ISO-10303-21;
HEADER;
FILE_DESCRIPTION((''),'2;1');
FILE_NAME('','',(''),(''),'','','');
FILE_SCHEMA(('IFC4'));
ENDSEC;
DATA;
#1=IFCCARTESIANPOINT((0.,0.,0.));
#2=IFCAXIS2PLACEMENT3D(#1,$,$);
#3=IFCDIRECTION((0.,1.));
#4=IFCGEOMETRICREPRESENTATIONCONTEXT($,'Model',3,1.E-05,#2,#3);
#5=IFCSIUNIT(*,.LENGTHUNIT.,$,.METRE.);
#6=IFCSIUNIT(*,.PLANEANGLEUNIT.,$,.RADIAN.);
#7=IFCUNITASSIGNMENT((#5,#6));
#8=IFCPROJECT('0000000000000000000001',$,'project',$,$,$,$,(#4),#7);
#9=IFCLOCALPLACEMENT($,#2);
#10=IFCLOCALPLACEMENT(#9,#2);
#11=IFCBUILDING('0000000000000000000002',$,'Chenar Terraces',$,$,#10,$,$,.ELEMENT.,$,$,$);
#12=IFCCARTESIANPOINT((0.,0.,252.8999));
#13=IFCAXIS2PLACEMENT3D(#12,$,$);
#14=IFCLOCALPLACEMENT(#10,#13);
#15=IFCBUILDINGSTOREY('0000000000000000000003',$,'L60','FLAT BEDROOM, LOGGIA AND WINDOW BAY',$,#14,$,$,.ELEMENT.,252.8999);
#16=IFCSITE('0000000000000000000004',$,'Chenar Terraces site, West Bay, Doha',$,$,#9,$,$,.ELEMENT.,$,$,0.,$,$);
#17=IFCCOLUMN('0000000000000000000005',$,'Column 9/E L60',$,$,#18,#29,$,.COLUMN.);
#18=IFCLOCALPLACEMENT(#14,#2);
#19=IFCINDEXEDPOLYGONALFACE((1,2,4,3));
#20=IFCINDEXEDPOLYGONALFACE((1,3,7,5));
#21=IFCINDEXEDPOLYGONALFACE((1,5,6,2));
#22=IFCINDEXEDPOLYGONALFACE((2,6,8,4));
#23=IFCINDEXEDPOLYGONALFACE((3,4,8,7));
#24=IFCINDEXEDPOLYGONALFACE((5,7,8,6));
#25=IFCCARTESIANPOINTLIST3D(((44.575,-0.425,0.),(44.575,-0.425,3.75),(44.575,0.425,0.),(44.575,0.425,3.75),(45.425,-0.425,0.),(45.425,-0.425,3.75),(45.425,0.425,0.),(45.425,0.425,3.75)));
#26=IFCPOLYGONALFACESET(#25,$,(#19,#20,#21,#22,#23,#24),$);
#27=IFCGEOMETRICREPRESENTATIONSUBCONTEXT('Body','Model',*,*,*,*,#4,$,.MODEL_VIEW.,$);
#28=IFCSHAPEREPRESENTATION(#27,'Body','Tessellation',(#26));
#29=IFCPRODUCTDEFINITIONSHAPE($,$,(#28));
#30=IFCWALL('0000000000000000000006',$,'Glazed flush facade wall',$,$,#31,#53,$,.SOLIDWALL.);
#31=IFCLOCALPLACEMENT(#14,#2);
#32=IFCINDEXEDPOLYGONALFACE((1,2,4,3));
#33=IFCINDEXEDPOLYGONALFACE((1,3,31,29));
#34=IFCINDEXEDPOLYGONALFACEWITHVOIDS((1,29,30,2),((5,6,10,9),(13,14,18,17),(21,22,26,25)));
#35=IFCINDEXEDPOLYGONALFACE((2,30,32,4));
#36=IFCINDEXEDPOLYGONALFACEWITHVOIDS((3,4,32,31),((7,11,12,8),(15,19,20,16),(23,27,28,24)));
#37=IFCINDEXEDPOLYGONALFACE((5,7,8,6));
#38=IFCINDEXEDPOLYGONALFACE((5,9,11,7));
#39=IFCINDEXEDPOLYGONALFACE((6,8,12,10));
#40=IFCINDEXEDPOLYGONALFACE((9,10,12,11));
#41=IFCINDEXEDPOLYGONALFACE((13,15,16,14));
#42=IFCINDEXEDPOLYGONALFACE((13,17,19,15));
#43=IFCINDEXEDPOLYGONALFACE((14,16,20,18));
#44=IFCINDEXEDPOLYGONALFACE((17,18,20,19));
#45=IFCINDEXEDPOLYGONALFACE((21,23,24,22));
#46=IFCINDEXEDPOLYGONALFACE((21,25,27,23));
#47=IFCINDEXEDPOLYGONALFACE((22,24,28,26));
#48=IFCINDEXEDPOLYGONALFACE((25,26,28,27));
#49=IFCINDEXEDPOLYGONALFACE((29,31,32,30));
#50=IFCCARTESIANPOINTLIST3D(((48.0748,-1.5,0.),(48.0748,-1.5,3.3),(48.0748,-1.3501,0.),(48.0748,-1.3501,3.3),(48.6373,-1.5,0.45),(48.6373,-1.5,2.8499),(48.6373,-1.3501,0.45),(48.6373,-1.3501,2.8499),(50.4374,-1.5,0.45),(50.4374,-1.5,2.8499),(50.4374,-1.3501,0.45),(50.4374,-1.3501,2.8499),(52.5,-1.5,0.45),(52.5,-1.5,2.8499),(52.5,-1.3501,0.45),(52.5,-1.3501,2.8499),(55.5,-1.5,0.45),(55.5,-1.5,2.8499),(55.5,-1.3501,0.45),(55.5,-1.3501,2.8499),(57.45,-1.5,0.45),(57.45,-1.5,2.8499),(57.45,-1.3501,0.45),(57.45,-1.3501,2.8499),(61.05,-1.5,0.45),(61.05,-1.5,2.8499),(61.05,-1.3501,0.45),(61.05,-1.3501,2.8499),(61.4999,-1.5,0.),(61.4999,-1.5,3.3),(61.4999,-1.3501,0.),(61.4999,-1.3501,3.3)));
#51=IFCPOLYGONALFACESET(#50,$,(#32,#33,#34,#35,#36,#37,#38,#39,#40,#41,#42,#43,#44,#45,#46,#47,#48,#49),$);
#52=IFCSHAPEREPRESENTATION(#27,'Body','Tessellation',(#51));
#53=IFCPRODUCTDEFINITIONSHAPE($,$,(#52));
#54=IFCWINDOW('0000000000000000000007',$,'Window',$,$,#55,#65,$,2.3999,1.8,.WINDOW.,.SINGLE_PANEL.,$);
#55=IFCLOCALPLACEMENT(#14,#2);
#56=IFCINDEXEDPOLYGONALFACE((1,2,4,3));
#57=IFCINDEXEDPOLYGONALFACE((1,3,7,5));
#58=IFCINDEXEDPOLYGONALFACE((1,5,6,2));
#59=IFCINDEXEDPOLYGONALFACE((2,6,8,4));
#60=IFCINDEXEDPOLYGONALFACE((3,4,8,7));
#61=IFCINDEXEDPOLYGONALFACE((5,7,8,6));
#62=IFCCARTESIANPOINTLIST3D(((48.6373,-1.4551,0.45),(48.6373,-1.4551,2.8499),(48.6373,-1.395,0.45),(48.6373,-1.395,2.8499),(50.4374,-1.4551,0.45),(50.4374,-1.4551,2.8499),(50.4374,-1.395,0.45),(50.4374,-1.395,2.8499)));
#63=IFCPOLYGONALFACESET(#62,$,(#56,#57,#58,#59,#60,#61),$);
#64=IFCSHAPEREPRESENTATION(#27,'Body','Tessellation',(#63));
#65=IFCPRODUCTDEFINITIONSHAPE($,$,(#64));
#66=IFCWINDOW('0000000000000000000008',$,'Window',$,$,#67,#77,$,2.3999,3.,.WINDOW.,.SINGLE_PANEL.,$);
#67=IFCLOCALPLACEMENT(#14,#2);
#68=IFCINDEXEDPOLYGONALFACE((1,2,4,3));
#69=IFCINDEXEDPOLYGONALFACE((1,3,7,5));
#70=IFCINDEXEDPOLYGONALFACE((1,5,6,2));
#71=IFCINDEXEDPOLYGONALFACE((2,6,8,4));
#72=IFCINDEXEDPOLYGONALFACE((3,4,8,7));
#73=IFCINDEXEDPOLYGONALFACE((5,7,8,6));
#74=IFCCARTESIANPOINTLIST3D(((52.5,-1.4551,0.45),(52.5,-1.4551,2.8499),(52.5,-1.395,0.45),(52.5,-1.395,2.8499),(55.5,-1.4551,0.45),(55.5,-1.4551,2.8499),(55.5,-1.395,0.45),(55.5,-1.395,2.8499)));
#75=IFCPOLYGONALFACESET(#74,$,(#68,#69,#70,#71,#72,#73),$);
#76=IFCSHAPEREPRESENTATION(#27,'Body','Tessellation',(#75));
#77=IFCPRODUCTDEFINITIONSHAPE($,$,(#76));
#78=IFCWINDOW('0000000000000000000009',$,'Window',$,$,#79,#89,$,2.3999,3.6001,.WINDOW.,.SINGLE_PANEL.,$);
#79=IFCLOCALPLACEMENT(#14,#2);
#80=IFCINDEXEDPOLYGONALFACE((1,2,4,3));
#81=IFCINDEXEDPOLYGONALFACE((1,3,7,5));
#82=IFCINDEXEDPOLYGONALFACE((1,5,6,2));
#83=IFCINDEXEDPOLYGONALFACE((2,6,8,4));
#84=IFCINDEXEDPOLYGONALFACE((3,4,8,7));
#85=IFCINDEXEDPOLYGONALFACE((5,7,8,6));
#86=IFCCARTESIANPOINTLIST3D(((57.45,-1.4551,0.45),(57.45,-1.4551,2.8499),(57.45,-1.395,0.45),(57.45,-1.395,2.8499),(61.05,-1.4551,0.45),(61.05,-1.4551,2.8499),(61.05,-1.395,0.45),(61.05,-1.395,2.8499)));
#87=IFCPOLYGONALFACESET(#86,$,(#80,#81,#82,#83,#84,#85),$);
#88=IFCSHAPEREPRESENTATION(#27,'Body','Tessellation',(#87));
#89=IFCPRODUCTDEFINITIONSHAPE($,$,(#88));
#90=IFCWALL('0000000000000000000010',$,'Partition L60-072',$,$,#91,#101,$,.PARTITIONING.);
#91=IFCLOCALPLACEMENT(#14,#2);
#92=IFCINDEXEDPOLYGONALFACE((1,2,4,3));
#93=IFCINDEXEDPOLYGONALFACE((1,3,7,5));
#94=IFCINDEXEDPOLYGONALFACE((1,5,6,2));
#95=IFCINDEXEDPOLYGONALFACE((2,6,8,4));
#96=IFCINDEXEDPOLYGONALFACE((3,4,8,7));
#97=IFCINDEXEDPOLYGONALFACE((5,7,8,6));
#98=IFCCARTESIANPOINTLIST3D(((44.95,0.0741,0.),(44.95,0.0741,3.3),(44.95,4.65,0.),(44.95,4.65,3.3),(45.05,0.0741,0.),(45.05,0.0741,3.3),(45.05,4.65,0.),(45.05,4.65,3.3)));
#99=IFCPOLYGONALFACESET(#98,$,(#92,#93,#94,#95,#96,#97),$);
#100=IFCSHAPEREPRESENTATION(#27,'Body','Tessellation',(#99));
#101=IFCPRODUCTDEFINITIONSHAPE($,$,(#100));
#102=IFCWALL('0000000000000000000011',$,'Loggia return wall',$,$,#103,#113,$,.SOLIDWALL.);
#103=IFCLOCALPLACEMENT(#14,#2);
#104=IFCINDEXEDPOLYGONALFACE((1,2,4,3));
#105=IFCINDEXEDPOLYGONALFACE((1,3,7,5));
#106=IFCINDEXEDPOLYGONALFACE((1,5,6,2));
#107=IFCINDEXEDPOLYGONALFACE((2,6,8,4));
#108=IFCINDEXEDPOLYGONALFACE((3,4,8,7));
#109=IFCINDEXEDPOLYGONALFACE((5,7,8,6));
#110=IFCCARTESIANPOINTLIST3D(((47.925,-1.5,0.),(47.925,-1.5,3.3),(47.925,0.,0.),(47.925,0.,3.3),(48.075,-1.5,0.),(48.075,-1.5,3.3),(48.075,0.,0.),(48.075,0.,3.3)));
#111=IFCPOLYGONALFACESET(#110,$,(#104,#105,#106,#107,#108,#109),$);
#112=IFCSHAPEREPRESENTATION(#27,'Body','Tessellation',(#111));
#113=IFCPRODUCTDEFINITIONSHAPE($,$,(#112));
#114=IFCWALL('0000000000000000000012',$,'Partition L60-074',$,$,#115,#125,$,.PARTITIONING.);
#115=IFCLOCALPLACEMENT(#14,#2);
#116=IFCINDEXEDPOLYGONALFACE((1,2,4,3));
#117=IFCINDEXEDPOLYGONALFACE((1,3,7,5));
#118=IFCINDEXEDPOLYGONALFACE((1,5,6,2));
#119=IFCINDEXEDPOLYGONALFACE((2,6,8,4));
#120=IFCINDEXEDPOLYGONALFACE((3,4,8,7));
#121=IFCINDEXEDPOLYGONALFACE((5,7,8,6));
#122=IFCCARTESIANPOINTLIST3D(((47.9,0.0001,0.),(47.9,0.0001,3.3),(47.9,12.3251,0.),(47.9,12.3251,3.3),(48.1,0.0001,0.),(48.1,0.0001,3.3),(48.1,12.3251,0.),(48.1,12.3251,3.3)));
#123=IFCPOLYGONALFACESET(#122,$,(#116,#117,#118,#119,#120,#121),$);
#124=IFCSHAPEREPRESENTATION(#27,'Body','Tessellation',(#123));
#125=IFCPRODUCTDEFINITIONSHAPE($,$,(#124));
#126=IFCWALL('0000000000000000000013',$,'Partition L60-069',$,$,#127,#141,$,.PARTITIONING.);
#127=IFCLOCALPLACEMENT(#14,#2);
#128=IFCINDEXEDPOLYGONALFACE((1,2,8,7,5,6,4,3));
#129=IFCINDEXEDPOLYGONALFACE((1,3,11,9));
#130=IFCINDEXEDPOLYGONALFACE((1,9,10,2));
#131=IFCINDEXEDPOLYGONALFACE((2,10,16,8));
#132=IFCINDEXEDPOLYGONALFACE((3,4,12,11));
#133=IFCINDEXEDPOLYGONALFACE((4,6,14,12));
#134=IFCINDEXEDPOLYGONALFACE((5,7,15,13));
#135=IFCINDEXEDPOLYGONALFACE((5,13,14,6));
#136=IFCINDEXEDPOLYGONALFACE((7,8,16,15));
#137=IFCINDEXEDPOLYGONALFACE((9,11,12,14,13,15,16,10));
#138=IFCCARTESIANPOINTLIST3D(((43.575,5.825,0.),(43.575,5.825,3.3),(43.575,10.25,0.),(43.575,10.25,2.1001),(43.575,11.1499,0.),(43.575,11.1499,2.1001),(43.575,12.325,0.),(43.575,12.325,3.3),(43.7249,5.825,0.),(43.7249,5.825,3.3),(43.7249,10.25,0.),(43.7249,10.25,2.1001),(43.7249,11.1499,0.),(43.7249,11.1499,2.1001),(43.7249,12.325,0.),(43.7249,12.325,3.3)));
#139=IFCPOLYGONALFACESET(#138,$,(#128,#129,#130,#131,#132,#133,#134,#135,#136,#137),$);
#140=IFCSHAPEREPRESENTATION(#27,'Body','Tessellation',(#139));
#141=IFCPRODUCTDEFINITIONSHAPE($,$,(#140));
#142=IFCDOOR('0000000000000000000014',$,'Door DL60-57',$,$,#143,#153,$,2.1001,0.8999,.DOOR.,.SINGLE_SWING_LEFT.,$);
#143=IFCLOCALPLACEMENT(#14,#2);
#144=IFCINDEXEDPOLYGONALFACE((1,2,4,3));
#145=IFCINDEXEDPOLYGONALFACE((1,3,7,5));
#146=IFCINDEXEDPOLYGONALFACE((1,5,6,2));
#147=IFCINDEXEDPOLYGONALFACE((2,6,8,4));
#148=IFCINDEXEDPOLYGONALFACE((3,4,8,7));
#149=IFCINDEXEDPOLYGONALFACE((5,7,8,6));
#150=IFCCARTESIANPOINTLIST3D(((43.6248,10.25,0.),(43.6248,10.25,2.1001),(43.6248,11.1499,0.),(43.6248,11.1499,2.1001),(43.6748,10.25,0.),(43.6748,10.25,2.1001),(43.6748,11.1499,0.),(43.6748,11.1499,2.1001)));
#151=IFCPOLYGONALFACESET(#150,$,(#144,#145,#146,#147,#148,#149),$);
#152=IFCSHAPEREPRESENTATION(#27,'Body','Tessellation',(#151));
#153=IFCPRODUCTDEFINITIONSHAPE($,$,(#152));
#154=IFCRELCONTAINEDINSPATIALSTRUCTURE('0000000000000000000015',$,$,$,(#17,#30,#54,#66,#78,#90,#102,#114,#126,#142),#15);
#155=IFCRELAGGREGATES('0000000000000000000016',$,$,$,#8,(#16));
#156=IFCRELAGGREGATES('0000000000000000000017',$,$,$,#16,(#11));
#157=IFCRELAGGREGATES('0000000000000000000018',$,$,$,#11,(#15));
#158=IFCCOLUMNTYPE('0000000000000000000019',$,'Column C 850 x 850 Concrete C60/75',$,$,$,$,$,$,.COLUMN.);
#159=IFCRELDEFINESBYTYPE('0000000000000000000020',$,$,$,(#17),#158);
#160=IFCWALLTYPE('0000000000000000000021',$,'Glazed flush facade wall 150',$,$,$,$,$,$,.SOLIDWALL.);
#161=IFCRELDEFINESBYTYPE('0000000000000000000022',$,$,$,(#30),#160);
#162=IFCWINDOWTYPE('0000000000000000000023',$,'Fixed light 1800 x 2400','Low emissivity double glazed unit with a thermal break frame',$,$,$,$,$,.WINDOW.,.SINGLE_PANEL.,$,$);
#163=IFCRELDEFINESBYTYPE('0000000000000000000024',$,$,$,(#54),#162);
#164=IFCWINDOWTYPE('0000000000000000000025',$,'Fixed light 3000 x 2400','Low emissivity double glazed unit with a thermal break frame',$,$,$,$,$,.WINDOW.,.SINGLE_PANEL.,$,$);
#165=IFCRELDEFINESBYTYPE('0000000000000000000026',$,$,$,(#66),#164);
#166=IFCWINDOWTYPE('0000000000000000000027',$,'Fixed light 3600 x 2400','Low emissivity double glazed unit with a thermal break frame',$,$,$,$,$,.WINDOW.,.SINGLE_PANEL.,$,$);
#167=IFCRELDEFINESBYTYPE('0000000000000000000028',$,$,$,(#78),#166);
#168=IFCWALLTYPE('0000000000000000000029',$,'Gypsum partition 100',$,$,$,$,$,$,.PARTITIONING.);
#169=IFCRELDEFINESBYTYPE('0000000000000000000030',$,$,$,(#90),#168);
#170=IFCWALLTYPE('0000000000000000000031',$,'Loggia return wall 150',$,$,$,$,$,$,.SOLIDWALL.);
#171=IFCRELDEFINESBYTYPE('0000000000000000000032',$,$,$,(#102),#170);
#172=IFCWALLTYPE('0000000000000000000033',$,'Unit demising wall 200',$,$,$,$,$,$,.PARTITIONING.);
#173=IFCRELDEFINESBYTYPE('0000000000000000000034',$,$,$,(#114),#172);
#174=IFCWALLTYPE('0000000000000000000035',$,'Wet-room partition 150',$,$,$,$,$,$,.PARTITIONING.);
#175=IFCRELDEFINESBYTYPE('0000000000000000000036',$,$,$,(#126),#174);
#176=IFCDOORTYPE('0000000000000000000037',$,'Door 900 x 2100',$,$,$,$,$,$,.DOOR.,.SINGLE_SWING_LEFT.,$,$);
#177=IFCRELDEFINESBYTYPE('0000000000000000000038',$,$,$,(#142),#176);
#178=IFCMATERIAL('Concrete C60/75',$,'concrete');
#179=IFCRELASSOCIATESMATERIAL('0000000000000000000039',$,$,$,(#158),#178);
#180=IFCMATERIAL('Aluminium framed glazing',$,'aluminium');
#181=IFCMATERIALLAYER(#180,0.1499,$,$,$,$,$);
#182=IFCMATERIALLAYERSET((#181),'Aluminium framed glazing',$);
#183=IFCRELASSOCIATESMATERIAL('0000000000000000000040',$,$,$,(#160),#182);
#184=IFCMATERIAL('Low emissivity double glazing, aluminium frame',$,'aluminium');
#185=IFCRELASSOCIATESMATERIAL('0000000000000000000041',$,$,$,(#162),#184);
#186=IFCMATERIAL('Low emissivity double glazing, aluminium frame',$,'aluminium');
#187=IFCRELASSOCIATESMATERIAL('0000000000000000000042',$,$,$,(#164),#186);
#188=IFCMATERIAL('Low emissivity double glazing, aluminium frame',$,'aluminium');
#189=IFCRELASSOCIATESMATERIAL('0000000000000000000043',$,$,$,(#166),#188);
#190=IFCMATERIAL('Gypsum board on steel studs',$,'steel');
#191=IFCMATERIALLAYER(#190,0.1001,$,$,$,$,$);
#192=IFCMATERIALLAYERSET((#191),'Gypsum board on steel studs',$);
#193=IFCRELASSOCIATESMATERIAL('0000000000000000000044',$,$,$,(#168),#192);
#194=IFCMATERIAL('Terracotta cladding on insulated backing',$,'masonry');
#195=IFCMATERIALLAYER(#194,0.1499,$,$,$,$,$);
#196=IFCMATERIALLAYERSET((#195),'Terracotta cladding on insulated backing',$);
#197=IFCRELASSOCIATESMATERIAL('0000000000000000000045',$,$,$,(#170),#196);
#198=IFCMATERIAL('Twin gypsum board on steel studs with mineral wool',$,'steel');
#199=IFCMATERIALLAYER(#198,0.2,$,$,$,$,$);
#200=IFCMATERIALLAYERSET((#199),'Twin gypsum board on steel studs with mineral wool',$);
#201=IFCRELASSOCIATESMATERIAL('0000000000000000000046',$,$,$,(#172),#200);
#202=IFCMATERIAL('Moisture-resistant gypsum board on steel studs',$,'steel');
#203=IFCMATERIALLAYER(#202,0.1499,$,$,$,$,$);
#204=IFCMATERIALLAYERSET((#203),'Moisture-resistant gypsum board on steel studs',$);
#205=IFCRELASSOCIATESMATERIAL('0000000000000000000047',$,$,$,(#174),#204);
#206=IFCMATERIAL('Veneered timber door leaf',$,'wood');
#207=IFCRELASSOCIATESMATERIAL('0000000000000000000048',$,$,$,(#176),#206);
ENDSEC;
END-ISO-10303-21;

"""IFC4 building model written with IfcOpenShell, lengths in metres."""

from ifc_helpers import new_model, si_unit, direction, frame, frame_2d, origin, origin_2d, place, context, subcontext, project, spatial, rectangle, extrude, material, layer, layer_set, material_profile, profile_set, type_object, element, fill, save


model = new_model("IFC4")

# Units and contexts
model_context = context("Model", 3, precision=1e-05, world=origin(), true_north=direction((0.0, 1.0)))
body_context = subcontext(model_context, "Body", "Model", "MODEL_VIEW")
ifc_project = project(units=[si_unit("LENGTHUNIT", "METRE"), si_unit("PLANEANGLEUNIT", "RADIAN")], contexts=[model_context])

# Site, building, storey
site_placement = place(None, origin())
site = spatial("IfcSite", under=ifc_project, at=site_placement, Name="Chenar Terraces site, West Bay, Doha", CompositionType="ELEMENT", RefElevation=0.0)
building_placement = place(site_placement, origin())
building = spatial("IfcBuilding", under=site, at=building_placement, Name="Chenar Terraces", CompositionType="ELEMENT")
storey_placement = place(building_placement, frame((0.0, 0.0, 252.8999)))
storey = spatial("IfcBuildingStorey", under=building, at=storey_placement, Name="L60", Description="FLAT BEDROOM, LOGGIA AND WINDOW BAY", CompositionType="ELEMENT", Elevation=252.8999)

# Column
ifc_material_1 = material(Name="Concrete C60/75", Category="concrete")
ifc_material_profile = material_profile(ifc_material_1, rectangle(XDim=0.8501, YDim=0.8501, at=origin_2d()), Name="C 850 x 850")
ifc_profile_set = profile_set([ifc_material_profile], Name="Concrete C60/75")
column_type = type_object("IfcColumnType", Name="Column C 850 x 850 Concrete C60/75", PredefinedType="COLUMN", material=ifc_profile_set)
column_placement = place(storey_placement, frame((45.0, 0.0, 0.0), z_axis=(0.0, 0.0, 1.0), x_axis=(1.0, 0.0, 0.0)))
element("IfcColumn", 1, at=column_placement, inside=storey, type_object=column_type, Name="Column 9/E L60", PredefinedType="COLUMN", context=body_context, shape_type="SweptSolid", body=[
    extrude(rectangle(XDim=0.8501, YDim=0.8501, at=origin_2d()), origin(), (0.0, 0.0, 1.0), 3.75),
])

# Wall, openings, windows
ifc_material_2 = material(Name="Aluminium framed glazing", Category="aluminium")
ifc_layer_1 = layer(ifc_material_2, 0.1499)
ifc_layer_set_1 = layer_set([ifc_layer_1], Name="Aluminium framed glazing")
wall_type_1 = type_object("IfcWallType", Name="Glazed flush facade wall 150", PredefinedType="SOLIDWALL", material=ifc_layer_set_1)
wall_1_placement = place(storey_placement, frame((48.075, -1.425, 0.0), z_axis=(0.0, 0.0, 1.0), x_axis=(1.0, 0.0, 0.0)))
wall_1 = element("IfcWall", 2, at=wall_1_placement, inside=storey, type_object=wall_type_1, Name="Glazed flush facade wall", PredefinedType="SOLIDWALL", context=body_context, shape_type="SweptSolid", body=[
    extrude(rectangle(XDim=13.425, YDim=0.1499, at=frame_2d((6.7124, 0.0))), origin(), (0.0, 0.0, 1.0), 3.3),
])
opening_1_placement = place(wall_1_placement, frame((0.5625, 0.0, 0.45)))
opening_1 = element("IfcOpeningElement", 3, at=opening_1_placement, cuts=wall_1, PredefinedType="OPENING", context=body_context, shape_type="SweptSolid", body=[
    extrude(rectangle(XDim=1.8, YDim=2.3999, at=frame_2d((0.8999, 1.2))), frame((0.0, 0.085, 0.0), z_axis=(0.0, -1.0, 0.0), x_axis=(1.0, 0.0, 0.0)), (0.0, 0.0, 1.0), 0.1699),
])
opening_2_placement = place(wall_1_placement, frame((4.425, 0.0, 0.45)))
opening_2 = element("IfcOpeningElement", 4, at=opening_2_placement, cuts=wall_1, PredefinedType="OPENING", context=body_context, shape_type="SweptSolid", body=[
    extrude(rectangle(XDim=3.0, YDim=2.3999, at=frame_2d((1.5, 1.2))), frame((0.0, 0.085, 0.0), z_axis=(0.0, -1.0, 0.0), x_axis=(1.0, 0.0, 0.0)), (0.0, 0.0, 1.0), 0.1699),
])
opening_3_placement = place(wall_1_placement, frame((9.375, 0.0, 0.45)))
opening_3 = element("IfcOpeningElement", 5, at=opening_3_placement, cuts=wall_1, PredefinedType="OPENING", context=body_context, shape_type="SweptSolid", body=[
    extrude(rectangle(XDim=3.6001, YDim=2.3999, at=frame_2d((1.8, 1.2))), frame((0.0, 0.085, 0.0), z_axis=(0.0, -1.0, 0.0), x_axis=(1.0, 0.0, 0.0)), (0.0, 0.0, 1.0), 0.1699),
])
ifc_material_3 = material(Name="Low emissivity double glazing, aluminium frame", Category="aluminium")
window_type_1 = type_object("IfcWindowType", Name="Fixed light 1800 x 2400", Description="Low emissivity double glazed unit with a thermal break frame", PartitioningType="SINGLE_PANEL", PredefinedType="WINDOW", material=ifc_material_3)
window_1_placement = place(opening_1_placement, origin())
window_1 = element("IfcWindow", 6, at=window_1_placement, inside=storey, type_object=window_type_1, Name="Window", OverallHeight=2.3999, OverallWidth=1.8, PartitioningType="SINGLE_PANEL", PredefinedType="WINDOW", context=body_context, shape_type="SweptSolid", body=[
    extrude(rectangle(XDim=1.8, YDim=2.3999, at=frame_2d((0.8999, 1.2))), frame((0.0, 0.03, 0.0), z_axis=(0.0, -1.0, 0.0), x_axis=(1.0, 0.0, 0.0)), (0.0, 0.0, 1.0), 0.0601),
])
fill(opening_1, window_1)
ifc_material_4 = material(Name="Low emissivity double glazing, aluminium frame", Category="aluminium")
window_type_2 = type_object("IfcWindowType", Name="Fixed light 3000 x 2400", Description="Low emissivity double glazed unit with a thermal break frame", PartitioningType="SINGLE_PANEL", PredefinedType="WINDOW", material=ifc_material_4)
window_2_placement = place(opening_2_placement, origin())
window_2 = element("IfcWindow", 7, at=window_2_placement, inside=storey, type_object=window_type_2, Name="Window", OverallHeight=2.3999, OverallWidth=3.0, PartitioningType="SINGLE_PANEL", PredefinedType="WINDOW", context=body_context, shape_type="SweptSolid", body=[
    extrude(rectangle(XDim=3.0, YDim=2.3999, at=frame_2d((1.5, 1.2))), frame((0.0, 0.03, 0.0), z_axis=(0.0, -1.0, 0.0), x_axis=(1.0, 0.0, 0.0)), (0.0, 0.0, 1.0), 0.0601),
])
fill(opening_2, window_2)
ifc_material_5 = material(Name="Low emissivity double glazing, aluminium frame", Category="aluminium")
window_type_3 = type_object("IfcWindowType", Name="Fixed light 3600 x 2400", Description="Low emissivity double glazed unit with a thermal break frame", PartitioningType="SINGLE_PANEL", PredefinedType="WINDOW", material=ifc_material_5)
window_3_placement = place(opening_3_placement, origin())
window_3 = element("IfcWindow", 8, at=window_3_placement, inside=storey, type_object=window_type_3, Name="Window", OverallHeight=2.3999, OverallWidth=3.6001, PartitioningType="SINGLE_PANEL", PredefinedType="WINDOW", context=body_context, shape_type="SweptSolid", body=[
    extrude(rectangle(XDim=3.6001, YDim=2.3999, at=frame_2d((1.8, 1.2))), frame((0.0, 0.03, 0.0), z_axis=(0.0, -1.0, 0.0), x_axis=(1.0, 0.0, 0.0)), (0.0, 0.0, 1.0), 0.0601),
])
fill(opening_3, window_3)

# Walls
ifc_material_6 = material(Name="Gypsum board on steel studs", Category="steel")
ifc_layer_2 = layer(ifc_material_6, 0.1001)
ifc_layer_set_2 = layer_set([ifc_layer_2], Name="Gypsum board on steel studs")
wall_type_2 = type_object("IfcWallType", Name="Gypsum partition 100", PredefinedType="PARTITIONING", material=ifc_layer_set_2)
wall_2_placement = place(storey_placement, frame((45.0, 0.074, 0.0), z_axis=(0.0, 0.0, 1.0), x_axis=(0.0, 1.0, 0.0)))
element("IfcWall", 9, at=wall_2_placement, inside=storey, type_object=wall_type_2, Name="Partition L60-072", PredefinedType="PARTITIONING", context=body_context, shape_type="SweptSolid", body=[
    extrude(rectangle(XDim=4.5759, YDim=0.1001, at=frame_2d((2.2881, 0.0))), origin(), (0.0, 0.0, 1.0), 3.3),
])
ifc_material_7 = material(Name="Terracotta cladding on insulated backing", Category="masonry")
ifc_layer_3 = layer(ifc_material_7, 0.1499)
ifc_layer_set_3 = layer_set([ifc_layer_3], Name="Terracotta cladding on insulated backing")
wall_type_3 = type_object("IfcWallType", Name="Loggia return wall 150", PredefinedType="SOLIDWALL", material=ifc_layer_set_3)
wall_3_placement = place(storey_placement, frame((48.0, -1.5, 0.0), z_axis=(0.0, 0.0, 1.0), x_axis=(0.0, 1.0, 0.0)))
element("IfcWall", 10, at=wall_3_placement, inside=storey, type_object=wall_type_3, Name="Loggia return wall", PredefinedType="SOLIDWALL", context=body_context, shape_type="SweptSolid", body=[
    extrude(rectangle(XDim=1.5, YDim=0.1499, at=frame_2d((0.75, 0.0))), origin(), (0.0, 0.0, 1.0), 3.3),
])
ifc_material_8 = material(Name="Twin gypsum board on steel studs with mineral wool", Category="steel")
ifc_layer_4 = layer(ifc_material_8, 0.2)
ifc_layer_set_4 = layer_set([ifc_layer_4], Name="Twin gypsum board on steel studs with mineral wool")
wall_type_4 = type_object("IfcWallType", Name="Unit demising wall 200", PredefinedType="PARTITIONING", material=ifc_layer_set_4)
wall_4_placement = place(storey_placement, frame((48.0, 0.0, 0.0), z_axis=(0.0, 0.0, 1.0), x_axis=(0.0, 1.0, 0.0)))
element("IfcWall", 11, at=wall_4_placement, inside=storey, type_object=wall_type_4, Name="Partition L60-074", PredefinedType="PARTITIONING", context=body_context, shape_type="SweptSolid", body=[
    extrude(rectangle(XDim=12.325, YDim=0.2, at=frame_2d((6.1626, 0.0))), origin(), (0.0, 0.0, 1.0), 3.3),
])

# Wall, opening, door
ifc_material_9 = material(Name="Moisture-resistant gypsum board on steel studs", Category="steel")
ifc_layer_5 = layer(ifc_material_9, 0.1499)
ifc_layer_set_5 = layer_set([ifc_layer_5], Name="Moisture-resistant gypsum board on steel studs")
wall_type_5 = type_object("IfcWallType", Name="Wet-room partition 150", PredefinedType="PARTITIONING", material=ifc_layer_set_5)
wall_5_placement = place(storey_placement, frame((43.6499, 5.825, 0.0), z_axis=(0.0, 0.0, 1.0), x_axis=(0.0, 1.0, 0.0)))
wall_5 = element("IfcWall", 12, at=wall_5_placement, inside=storey, type_object=wall_type_5, Name="Partition L60-069", PredefinedType="PARTITIONING", context=body_context, shape_type="SweptSolid", body=[
    extrude(rectangle(XDim=6.5, YDim=0.1499, at=frame_2d((3.25, 0.0))), origin(), (0.0, 0.0, 1.0), 3.3),
])
opening_4_placement = place(wall_5_placement, frame((4.425, 0.0, 0.0)))
opening_4 = element("IfcOpeningElement", 13, at=opening_4_placement, cuts=wall_5, PredefinedType="OPENING", context=body_context, shape_type="SweptSolid", body=[
    extrude(rectangle(XDim=0.8999, YDim=2.1001, at=frame_2d((0.45, 1.05))), frame((0.0, 0.085, 0.0), z_axis=(0.0, -1.0, 0.0), x_axis=(1.0, 0.0, 0.0)), (0.0, 0.0, 1.0), 0.1699),
])
ifc_material_10 = material(Name="Veneered timber door leaf", Category="wood")
door_type = type_object("IfcDoorType", Name="Door 900 x 2100", OperationType="SINGLE_SWING_LEFT", PredefinedType="DOOR", material=ifc_material_10)
door_placement = place(opening_4_placement, frame((0.8999, 0.0, 0.0), z_axis=(0.0, 0.0, 1.0), x_axis=(-1.0, 0.0, 0.0)))
door = element("IfcDoor", 14, at=door_placement, inside=storey, type_object=door_type, Name="Door DL60-57", OperationType="SINGLE_SWING_LEFT", OverallHeight=2.1001, OverallWidth=0.8999, PredefinedType="DOOR", context=body_context, shape_type="SweptSolid", body=[
    extrude(rectangle(XDim=0.8999, YDim=2.1001, at=frame_2d((0.45, 1.05))), frame((0.0, 0.0249, 0.0), z_axis=(0.0, -1.0, 0.0), x_axis=(1.0, 0.0, 0.0)), (0.0, 0.0, 1.0), 0.05),
])
fill(opening_4, door)

save(model, "model.ifc")
